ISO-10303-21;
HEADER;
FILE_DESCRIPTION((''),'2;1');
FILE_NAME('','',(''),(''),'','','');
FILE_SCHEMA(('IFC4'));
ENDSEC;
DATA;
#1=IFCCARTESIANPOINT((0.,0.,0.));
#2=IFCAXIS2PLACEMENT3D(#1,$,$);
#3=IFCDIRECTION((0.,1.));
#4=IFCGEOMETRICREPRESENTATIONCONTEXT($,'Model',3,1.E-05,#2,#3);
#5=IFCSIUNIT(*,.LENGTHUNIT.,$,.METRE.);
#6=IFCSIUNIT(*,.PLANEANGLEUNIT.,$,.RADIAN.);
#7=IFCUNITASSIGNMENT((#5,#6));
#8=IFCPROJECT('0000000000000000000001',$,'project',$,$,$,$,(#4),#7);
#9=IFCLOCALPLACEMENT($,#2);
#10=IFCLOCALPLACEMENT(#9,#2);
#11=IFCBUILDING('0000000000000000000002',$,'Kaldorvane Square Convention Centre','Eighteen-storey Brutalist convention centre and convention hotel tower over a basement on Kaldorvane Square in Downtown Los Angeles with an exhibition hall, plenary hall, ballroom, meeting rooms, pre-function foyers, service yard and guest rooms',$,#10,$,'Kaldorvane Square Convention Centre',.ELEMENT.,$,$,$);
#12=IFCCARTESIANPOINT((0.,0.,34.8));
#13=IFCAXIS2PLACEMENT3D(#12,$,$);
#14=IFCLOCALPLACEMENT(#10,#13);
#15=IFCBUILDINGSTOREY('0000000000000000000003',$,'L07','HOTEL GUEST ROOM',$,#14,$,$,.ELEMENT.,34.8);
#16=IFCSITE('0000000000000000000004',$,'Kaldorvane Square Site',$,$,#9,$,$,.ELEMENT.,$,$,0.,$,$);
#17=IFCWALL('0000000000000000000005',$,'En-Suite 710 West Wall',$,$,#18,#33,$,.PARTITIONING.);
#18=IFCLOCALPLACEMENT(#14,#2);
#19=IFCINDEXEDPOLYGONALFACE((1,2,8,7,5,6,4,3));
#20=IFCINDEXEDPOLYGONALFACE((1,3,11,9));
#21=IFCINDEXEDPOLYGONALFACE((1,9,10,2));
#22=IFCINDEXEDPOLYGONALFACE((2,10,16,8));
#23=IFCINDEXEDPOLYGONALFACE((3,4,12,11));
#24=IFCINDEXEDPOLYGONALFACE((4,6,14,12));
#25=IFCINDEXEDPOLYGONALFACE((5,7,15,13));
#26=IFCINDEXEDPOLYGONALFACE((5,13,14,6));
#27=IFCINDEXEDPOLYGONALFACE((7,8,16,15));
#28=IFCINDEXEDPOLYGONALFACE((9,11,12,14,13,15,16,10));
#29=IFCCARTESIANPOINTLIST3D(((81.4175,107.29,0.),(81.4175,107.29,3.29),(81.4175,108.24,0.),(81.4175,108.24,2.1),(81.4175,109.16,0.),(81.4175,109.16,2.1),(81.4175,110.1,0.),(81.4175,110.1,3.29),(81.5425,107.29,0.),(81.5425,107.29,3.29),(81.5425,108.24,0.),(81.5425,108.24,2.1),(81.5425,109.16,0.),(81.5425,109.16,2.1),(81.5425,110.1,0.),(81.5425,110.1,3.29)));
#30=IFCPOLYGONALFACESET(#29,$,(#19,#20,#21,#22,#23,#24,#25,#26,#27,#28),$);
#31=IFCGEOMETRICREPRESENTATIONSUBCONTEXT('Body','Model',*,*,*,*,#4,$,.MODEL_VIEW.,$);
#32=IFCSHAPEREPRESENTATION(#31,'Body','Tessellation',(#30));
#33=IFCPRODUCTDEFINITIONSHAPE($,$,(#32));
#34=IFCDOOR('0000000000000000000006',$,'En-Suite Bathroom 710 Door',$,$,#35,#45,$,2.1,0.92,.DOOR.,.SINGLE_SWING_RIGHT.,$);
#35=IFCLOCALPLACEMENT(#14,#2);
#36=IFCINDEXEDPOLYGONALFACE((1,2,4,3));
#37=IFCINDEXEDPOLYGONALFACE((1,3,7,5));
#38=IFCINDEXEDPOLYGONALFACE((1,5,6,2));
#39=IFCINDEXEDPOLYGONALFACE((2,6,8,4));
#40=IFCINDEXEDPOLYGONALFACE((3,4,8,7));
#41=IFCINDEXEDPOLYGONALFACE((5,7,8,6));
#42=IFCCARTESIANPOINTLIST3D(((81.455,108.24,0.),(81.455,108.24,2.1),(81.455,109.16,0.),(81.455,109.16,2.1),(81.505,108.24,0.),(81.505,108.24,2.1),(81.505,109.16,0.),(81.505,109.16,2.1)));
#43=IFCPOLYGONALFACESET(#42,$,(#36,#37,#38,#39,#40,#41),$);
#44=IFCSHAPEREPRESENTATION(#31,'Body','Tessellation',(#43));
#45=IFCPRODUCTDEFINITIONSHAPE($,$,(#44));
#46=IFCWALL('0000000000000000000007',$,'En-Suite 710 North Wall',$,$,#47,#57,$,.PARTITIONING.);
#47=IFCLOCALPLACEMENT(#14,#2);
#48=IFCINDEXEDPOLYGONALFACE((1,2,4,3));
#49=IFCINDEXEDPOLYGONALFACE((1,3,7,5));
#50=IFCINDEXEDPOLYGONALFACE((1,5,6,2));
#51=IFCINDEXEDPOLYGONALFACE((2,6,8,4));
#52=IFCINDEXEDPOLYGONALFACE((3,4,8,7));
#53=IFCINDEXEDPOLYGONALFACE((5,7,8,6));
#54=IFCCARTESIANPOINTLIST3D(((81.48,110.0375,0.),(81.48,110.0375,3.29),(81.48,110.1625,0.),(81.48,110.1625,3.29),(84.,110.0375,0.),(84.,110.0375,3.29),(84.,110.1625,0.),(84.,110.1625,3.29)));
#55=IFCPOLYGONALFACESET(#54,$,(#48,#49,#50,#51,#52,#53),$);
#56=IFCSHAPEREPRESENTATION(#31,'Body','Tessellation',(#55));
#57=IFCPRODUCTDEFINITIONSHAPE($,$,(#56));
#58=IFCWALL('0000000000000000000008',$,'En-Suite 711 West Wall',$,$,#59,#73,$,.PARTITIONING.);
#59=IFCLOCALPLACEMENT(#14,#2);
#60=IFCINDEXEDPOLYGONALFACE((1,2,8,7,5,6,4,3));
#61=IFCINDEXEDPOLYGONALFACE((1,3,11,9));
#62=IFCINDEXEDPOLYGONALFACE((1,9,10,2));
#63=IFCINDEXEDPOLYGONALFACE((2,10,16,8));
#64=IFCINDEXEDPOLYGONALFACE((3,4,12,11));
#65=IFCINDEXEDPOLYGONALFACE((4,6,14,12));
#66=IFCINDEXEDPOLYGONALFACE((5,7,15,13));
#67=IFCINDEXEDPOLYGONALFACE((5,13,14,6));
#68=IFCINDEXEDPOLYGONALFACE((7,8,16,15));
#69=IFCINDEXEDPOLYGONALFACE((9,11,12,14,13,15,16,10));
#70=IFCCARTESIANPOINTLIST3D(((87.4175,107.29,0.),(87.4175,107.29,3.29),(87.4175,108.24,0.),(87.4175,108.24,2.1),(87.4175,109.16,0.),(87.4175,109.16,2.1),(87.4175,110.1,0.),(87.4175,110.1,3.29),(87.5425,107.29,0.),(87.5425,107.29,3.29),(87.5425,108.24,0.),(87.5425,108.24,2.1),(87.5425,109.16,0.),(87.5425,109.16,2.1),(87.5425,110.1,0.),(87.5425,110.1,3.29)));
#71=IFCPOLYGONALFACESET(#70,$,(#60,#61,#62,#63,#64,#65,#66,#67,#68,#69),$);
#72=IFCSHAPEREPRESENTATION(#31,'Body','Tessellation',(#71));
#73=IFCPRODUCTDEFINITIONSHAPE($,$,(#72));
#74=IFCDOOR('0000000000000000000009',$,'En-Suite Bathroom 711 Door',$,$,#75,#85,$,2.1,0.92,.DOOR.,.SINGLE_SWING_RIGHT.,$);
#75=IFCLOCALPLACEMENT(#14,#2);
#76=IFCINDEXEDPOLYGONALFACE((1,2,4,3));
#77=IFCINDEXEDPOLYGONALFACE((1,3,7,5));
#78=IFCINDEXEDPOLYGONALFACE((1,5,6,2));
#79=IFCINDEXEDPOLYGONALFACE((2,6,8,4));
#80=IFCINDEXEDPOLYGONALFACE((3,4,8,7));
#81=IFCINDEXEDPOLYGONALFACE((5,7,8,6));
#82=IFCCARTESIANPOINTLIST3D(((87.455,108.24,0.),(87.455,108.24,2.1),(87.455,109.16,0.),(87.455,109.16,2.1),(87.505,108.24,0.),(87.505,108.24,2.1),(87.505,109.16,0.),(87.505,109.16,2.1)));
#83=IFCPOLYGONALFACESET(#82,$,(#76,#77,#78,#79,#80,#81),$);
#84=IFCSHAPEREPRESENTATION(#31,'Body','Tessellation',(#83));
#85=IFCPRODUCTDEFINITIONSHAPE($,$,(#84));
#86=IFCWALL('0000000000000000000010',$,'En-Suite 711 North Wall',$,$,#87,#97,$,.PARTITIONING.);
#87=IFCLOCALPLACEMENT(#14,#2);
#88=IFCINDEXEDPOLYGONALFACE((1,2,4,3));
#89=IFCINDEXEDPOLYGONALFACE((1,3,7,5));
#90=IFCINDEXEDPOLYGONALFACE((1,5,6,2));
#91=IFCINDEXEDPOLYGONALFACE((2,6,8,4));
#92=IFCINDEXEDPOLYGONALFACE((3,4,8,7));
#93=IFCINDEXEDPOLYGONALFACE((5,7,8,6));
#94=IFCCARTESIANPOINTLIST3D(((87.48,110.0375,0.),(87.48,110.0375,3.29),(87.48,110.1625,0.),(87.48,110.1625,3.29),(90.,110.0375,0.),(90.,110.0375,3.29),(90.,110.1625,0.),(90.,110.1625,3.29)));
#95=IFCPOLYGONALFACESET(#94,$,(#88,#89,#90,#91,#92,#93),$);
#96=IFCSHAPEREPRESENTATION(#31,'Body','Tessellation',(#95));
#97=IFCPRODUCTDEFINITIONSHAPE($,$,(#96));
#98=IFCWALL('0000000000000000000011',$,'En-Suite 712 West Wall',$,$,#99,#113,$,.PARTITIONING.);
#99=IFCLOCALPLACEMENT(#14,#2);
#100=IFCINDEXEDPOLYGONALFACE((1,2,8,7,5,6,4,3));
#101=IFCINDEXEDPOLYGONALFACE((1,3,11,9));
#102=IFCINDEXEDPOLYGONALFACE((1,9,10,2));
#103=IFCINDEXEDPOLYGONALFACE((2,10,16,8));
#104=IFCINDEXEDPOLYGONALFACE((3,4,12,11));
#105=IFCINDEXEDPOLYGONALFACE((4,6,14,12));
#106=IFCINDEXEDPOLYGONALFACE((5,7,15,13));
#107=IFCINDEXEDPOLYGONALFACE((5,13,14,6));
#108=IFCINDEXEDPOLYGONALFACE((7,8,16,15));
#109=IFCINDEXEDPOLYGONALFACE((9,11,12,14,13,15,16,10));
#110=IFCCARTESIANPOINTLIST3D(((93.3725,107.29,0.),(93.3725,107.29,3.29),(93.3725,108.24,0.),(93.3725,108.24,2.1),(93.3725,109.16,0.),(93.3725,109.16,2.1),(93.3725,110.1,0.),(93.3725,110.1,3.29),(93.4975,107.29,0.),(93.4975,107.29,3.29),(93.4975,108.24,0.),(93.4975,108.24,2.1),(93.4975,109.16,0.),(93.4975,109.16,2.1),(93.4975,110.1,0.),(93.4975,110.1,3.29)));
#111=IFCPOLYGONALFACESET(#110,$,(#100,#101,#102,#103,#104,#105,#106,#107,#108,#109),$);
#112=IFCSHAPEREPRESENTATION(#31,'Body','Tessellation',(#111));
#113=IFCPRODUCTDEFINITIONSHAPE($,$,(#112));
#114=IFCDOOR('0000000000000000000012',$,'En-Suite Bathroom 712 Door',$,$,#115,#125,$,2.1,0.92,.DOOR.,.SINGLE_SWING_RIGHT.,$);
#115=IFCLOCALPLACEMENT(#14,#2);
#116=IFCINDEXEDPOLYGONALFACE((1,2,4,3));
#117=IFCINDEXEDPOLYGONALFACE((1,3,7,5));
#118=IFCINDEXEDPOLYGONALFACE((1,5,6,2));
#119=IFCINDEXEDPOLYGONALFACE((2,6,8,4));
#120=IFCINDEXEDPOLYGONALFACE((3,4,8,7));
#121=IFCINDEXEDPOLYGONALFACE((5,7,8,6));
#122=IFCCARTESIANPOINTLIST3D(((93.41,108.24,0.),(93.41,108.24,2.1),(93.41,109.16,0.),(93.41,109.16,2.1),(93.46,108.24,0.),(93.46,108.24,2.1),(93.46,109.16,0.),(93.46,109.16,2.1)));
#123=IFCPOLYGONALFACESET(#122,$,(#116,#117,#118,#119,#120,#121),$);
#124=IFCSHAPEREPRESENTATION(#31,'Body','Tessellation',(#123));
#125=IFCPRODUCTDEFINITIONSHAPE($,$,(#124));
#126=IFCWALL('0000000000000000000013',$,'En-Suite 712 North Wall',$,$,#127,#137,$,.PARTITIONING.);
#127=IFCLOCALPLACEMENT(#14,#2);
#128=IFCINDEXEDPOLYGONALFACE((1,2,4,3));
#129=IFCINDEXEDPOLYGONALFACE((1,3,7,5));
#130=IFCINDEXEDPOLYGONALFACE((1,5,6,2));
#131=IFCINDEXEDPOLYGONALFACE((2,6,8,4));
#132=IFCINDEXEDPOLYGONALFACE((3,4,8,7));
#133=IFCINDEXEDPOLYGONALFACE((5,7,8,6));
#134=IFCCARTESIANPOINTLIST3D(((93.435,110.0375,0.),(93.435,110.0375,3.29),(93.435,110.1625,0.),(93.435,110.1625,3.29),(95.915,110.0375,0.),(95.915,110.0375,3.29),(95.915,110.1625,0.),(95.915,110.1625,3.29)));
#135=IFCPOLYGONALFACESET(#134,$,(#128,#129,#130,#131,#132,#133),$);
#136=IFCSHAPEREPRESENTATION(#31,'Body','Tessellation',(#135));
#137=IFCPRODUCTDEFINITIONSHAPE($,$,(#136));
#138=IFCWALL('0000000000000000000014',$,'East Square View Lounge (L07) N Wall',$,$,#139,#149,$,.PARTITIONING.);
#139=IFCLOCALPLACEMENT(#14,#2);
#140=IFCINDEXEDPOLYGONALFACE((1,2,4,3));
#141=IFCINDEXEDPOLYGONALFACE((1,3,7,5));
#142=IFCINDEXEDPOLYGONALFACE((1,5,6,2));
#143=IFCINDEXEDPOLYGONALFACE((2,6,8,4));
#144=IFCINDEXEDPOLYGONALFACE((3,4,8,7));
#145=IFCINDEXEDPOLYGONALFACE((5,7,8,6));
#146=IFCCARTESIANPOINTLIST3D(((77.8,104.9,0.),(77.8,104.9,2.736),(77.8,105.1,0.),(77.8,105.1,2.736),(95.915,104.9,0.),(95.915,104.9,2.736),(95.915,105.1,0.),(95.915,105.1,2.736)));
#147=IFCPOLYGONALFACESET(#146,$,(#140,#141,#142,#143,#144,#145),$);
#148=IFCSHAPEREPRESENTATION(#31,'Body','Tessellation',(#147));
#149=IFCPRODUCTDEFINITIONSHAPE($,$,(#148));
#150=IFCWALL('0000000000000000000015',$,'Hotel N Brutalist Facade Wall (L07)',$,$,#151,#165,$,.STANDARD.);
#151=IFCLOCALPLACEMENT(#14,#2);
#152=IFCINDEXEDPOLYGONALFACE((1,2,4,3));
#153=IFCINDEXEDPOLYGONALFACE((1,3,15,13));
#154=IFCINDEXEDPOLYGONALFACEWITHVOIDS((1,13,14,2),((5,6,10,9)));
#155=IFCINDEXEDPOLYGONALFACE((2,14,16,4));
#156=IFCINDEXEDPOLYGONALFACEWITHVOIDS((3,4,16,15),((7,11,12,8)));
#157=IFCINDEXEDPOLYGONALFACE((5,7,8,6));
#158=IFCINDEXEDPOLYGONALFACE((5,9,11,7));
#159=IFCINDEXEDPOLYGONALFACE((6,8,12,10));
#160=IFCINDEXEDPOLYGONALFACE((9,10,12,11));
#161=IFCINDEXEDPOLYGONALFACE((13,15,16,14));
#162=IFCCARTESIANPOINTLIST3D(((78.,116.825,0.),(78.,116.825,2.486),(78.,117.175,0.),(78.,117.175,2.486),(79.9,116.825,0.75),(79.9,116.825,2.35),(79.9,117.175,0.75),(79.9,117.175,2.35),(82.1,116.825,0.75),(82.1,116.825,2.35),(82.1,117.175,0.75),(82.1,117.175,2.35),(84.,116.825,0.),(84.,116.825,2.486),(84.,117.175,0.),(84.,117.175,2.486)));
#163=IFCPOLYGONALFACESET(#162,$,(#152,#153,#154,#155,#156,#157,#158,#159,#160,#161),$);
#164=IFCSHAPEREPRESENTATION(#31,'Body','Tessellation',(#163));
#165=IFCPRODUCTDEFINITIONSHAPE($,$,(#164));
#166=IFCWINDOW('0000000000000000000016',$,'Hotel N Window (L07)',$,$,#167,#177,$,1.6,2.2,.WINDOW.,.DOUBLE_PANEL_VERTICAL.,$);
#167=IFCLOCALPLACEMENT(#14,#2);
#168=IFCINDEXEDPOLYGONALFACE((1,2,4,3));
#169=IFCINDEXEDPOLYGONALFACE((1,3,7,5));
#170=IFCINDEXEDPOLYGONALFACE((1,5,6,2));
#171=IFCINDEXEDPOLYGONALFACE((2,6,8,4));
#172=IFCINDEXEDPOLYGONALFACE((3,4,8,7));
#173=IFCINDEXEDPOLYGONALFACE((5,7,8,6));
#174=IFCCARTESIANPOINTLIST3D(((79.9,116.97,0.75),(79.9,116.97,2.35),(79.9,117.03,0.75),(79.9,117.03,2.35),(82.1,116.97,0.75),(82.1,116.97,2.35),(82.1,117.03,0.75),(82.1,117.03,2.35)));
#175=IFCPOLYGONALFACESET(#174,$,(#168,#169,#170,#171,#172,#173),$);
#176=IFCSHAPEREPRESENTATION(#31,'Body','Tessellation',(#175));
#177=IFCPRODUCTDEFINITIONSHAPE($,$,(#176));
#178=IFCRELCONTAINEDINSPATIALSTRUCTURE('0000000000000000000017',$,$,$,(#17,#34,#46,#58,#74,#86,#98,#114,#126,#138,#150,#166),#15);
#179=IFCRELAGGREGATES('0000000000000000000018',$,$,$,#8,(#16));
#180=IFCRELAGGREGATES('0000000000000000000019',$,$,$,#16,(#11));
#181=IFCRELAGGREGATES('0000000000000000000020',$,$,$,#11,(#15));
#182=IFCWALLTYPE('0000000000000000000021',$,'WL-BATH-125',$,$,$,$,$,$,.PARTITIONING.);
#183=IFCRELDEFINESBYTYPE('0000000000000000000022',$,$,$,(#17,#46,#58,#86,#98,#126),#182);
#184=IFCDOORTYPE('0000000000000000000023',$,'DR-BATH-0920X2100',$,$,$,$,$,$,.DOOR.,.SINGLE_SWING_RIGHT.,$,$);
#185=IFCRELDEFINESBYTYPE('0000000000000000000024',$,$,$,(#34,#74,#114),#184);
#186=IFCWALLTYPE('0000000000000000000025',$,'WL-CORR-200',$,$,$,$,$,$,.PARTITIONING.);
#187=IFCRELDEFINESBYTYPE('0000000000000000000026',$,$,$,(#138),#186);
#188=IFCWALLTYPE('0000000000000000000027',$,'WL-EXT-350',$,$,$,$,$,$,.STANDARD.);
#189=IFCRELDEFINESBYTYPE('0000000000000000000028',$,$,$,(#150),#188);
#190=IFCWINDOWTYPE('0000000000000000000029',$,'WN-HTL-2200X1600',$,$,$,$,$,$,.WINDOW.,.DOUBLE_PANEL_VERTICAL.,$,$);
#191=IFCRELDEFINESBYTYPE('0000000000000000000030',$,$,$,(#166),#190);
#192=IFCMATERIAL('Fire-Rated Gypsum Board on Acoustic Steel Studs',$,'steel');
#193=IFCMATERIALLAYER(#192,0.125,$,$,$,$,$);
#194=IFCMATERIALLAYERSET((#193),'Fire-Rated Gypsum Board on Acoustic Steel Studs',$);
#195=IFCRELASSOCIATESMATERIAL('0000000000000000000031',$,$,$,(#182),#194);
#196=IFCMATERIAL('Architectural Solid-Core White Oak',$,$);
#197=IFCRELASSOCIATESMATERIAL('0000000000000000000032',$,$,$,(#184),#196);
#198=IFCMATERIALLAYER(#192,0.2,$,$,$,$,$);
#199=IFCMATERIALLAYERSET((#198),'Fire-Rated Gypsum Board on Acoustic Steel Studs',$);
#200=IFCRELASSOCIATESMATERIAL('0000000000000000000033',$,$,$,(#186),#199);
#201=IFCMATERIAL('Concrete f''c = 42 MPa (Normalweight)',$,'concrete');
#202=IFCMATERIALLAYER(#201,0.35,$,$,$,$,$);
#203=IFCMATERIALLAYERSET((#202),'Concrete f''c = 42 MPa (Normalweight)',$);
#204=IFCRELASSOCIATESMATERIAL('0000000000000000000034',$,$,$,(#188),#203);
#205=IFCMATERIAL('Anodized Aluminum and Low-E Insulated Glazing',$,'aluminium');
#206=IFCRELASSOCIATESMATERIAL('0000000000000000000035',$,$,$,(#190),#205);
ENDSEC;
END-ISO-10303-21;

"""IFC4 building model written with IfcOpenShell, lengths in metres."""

from ifc_helpers import new_model, si_unit, direction, frame, frame_2d, origin, place, context, subcontext, project, spatial, rectangle, extrude, material, layer, layer_set, type_object, element, fill, save


model = new_model("IFC4")

# Units and contexts
model_context = context("Model", 3, precision=1e-05, world=origin(), true_north=direction((0.0, 1.0)))
body_context = subcontext(model_context, "Body", "Model", "MODEL_VIEW")
ifc_project = project(units=[si_unit("LENGTHUNIT", "METRE"), si_unit("PLANEANGLEUNIT", "RADIAN")], contexts=[model_context])

# Site, building, storey
site_placement = place(None, origin())
site = spatial("IfcSite", under=ifc_project, at=site_placement, Name="Kaldorvane Square Site", CompositionType="ELEMENT", RefElevation=0.0)
building_placement = place(site_placement, origin())
building = spatial("IfcBuilding", under=site, at=building_placement, Name="Kaldorvane Square Convention Centre", Description="Eighteen-storey Brutalist convention centre and convention hotel tower over a basement on Kaldorvane Square in Downtown Los Angeles with an exhibition hall, plenary hall, ballroom, meeting rooms, pre-function foyers, service yard and guest rooms", LongName="Kaldorvane Square Convention Centre", CompositionType="ELEMENT")
storey_placement = place(building_placement, frame((0.0, 0.0, 34.8)))
storey = spatial("IfcBuildingStorey", under=building, at=storey_placement, Name="L07", Description="HOTEL GUEST ROOM", CompositionType="ELEMENT", Elevation=34.8)

# Shared definitions
ifc_material_1 = material(Name="Concrete f'c = 42 MPa (Normalweight)", Category="concrete")

# Wall, opening, door
ifc_material_2 = material(Name="Fire-Rated Gypsum Board on Acoustic Steel Studs", Category="steel")
ifc_layer_1 = layer(ifc_material_2, 0.125)
ifc_layer_set_1 = layer_set([ifc_layer_1], Name="Fire-Rated Gypsum Board on Acoustic Steel Studs")
wall_type_1 = type_object("IfcWallType", Name="WL-BATH-125", PredefinedType="PARTITIONING", material=ifc_layer_set_1)
wall_1_placement = place(storey_placement, frame((81.48, 107.29, 0.0), z_axis=(0.0, 0.0, 1.0), x_axis=(0.0, 1.0, 0.0)))
wall_1 = element("IfcWall", 1, at=wall_1_placement, inside=storey, type_object=wall_type_1, Name="En-Suite 710 West Wall", PredefinedType="PARTITIONING", context=body_context, shape_type="SweptSolid", body=[
    extrude(rectangle(XDim=2.81, YDim=0.125, at=frame_2d((1.405, 0.0))), origin(), (0.0, 0.0, 1.0), 3.29),
])
opening_1_placement = place(wall_1_placement, frame((0.95, 0.0, 0.0)))
opening_1 = element("IfcOpeningElement", 2, at=opening_1_placement, cuts=wall_1, PredefinedType="OPENING", context=body_context, shape_type="SweptSolid", body=[
    extrude(rectangle(XDim=0.92, YDim=2.1, at=frame_2d((0.46, 1.05))), frame((0.0, 0.0775, 0.0), z_axis=(0.0, -1.0, 0.0), x_axis=(1.0, 0.0, 0.0)), (0.0, 0.0, 1.0), 0.155),
])
ifc_material_3 = material(Name="Architectural Solid-Core White Oak")
door_type_1 = type_object("IfcDoorType", Name="DR-BATH-0920X2100", OperationType="SINGLE_SWING_RIGHT", PredefinedType="DOOR", material=ifc_material_3)
door_1_placement = place(opening_1_placement, origin())
door_1 = element("IfcDoor", 3, at=door_1_placement, inside=storey, type_object=door_type_1, Name="En-Suite Bathroom 710 Door", OperationType="SINGLE_SWING_RIGHT", OverallHeight=2.1, OverallWidth=0.92, PredefinedType="DOOR", context=body_context, shape_type="SweptSolid", body=[
    extrude(rectangle(XDim=0.92, YDim=2.1, at=frame_2d((0.46, 1.05))), frame((0.0, 0.025, 0.0), z_axis=(0.0, -1.0, 0.0), x_axis=(1.0, 0.0, 0.0)), (0.0, 0.0, 1.0), 0.05),
])
fill(opening_1, door_1)

# Wall
wall_2_placement = place(storey_placement, frame((81.48, 110.1, 0.0), z_axis=(0.0, 0.0, 1.0), x_axis=(1.0, 0.0, 0.0)))
element("IfcWall", 4, at=wall_2_placement, inside=storey, type_object=wall_type_1, Name="En-Suite 710 North Wall", PredefinedType="PARTITIONING", context=body_context, shape_type="SweptSolid", body=[
    extrude(rectangle(XDim=2.52, YDim=0.125, at=frame_2d((1.26, 0.0))), origin(), (0.0, 0.0, 1.0), 3.29),
])

# Wall, opening, door
wall_3_placement = place(storey_placement, frame((87.48, 107.29, 0.0), z_axis=(0.0, 0.0, 1.0), x_axis=(0.0, 1.0, 0.0)))
wall_3 = element("IfcWall", 5, at=wall_3_placement, inside=storey, type_object=wall_type_1, Name="En-Suite 711 West Wall", PredefinedType="PARTITIONING", context=body_context, shape_type="SweptSolid", body=[
    extrude(rectangle(XDim=2.81, YDim=0.125, at=frame_2d((1.405, 0.0))), origin(), (0.0, 0.0, 1.0), 3.29),
])
opening_2_placement = place(wall_3_placement, frame((0.95, 0.0, 0.0)))
opening_2 = element("IfcOpeningElement", 6, at=opening_2_placement, cuts=wall_3, PredefinedType="OPENING", context=body_context, shape_type="SweptSolid", body=[
    extrude(rectangle(XDim=0.92, YDim=2.1, at=frame_2d((0.46, 1.05))), frame((0.0, 0.0775, 0.0), z_axis=(0.0, -1.0, 0.0), x_axis=(1.0, 0.0, 0.0)), (0.0, 0.0, 1.0), 0.155),
])
door_2_placement = place(opening_2_placement, origin())
door_2 = element("IfcDoor", 7, at=door_2_placement, inside=storey, type_object=door_type_1, Name="En-Suite Bathroom 711 Door", OperationType="SINGLE_SWING_RIGHT", OverallHeight=2.1, OverallWidth=0.92, PredefinedType="DOOR", context=body_context, shape_type="SweptSolid", body=[
    extrude(rectangle(XDim=0.92, YDim=2.1, at=frame_2d((0.46, 1.05))), frame((0.0, 0.025, 0.0), z_axis=(0.0, -1.0, 0.0), x_axis=(1.0, 0.0, 0.0)), (0.0, 0.0, 1.0), 0.05),
])
fill(opening_2, door_2)

# Wall
wall_4_placement = place(storey_placement, frame((87.48, 110.1, 0.0), z_axis=(0.0, 0.0, 1.0), x_axis=(1.0, 0.0, 0.0)))
element("IfcWall", 8, at=wall_4_placement, inside=storey, type_object=wall_type_1, Name="En-Suite 711 North Wall", PredefinedType="PARTITIONING", context=body_context, shape_type="SweptSolid", body=[
    extrude(rectangle(XDim=2.52, YDim=0.125, at=frame_2d((1.26, 0.0))), origin(), (0.0, 0.0, 1.0), 3.29),
])

# Wall, opening, door
wall_5_placement = place(storey_placement, frame((93.435, 107.29, 0.0), z_axis=(0.0, 0.0, 1.0), x_axis=(0.0, 1.0, 0.0)))
wall_5 = element("IfcWall", 9, at=wall_5_placement, inside=storey, type_object=wall_type_1, Name="En-Suite 712 West Wall", PredefinedType="PARTITIONING", context=body_context, shape_type="SweptSolid", body=[
    extrude(rectangle(XDim=2.81, YDim=0.125, at=frame_2d((1.405, 0.0))), origin(), (0.0, 0.0, 1.0), 3.29),
])
opening_3_placement = place(wall_5_placement, frame((0.95, 0.0, 0.0)))
opening_3 = element("IfcOpeningElement", 10, at=opening_3_placement, cuts=wall_5, PredefinedType="OPENING", context=body_context, shape_type="SweptSolid", body=[
    extrude(rectangle(XDim=0.92, YDim=2.1, at=frame_2d((0.46, 1.05))), frame((0.0, 0.0775, 0.0), z_axis=(0.0, -1.0, 0.0), x_axis=(1.0, 0.0, 0.0)), (0.0, 0.0, 1.0), 0.155),
])
door_3_placement = place(opening_3_placement, origin())
door_3 = element("IfcDoor", 11, at=door_3_placement, inside=storey, type_object=door_type_1, Name="En-Suite Bathroom 712 Door", OperationType="SINGLE_SWING_RIGHT", OverallHeight=2.1, OverallWidth=0.92, PredefinedType="DOOR", context=body_context, shape_type="SweptSolid", body=[
    extrude(rectangle(XDim=0.92, YDim=2.1, at=frame_2d((0.46, 1.05))), frame((0.0, 0.025, 0.0), z_axis=(0.0, -1.0, 0.0), x_axis=(1.0, 0.0, 0.0)), (0.0, 0.0, 1.0), 0.05),
])
fill(opening_3, door_3)

# Walls
wall_6_placement = place(storey_placement, frame((93.435, 110.1, 0.0), z_axis=(0.0, 0.0, 1.0), x_axis=(1.0, 0.0, 0.0)))
element("IfcWall", 12, at=wall_6_placement, inside=storey, type_object=wall_type_1, Name="En-Suite 712 North Wall", PredefinedType="PARTITIONING", context=body_context, shape_type="SweptSolid", body=[
    extrude(rectangle(XDim=2.48, YDim=0.125, at=frame_2d((1.24, 0.0))), origin(), (0.0, 0.0, 1.0), 3.29),
])
ifc_layer_2 = layer(ifc_material_2, 0.2)
ifc_layer_set_2 = layer_set([ifc_layer_2], Name="Fire-Rated Gypsum Board on Acoustic Steel Studs")
wall_type_2 = type_object("IfcWallType", Name="WL-CORR-200", PredefinedType="PARTITIONING", material=ifc_layer_set_2)
wall_7_placement = place(storey_placement, frame((95.915, 105.0, 0.0), z_axis=(0.0, 0.0, 1.0), x_axis=(-1.0, 0.0, 0.0)))
element("IfcWall", 13, at=wall_7_placement, inside=storey, type_object=wall_type_2, Name="East Square View Lounge (L07) N Wall", PredefinedType="PARTITIONING", context=body_context, shape_type="SweptSolid", body=[
    extrude(rectangle(XDim=18.115, YDim=0.2, at=frame_2d((9.0575, 0.0))), origin(), (0.0, 0.0, 1.0), 2.736),
])

# Wall, opening, window
ifc_layer_3 = layer(ifc_material_1, 0.35)
ifc_layer_set_3 = layer_set([ifc_layer_3], Name="Concrete f'c = 42 MPa (Normalweight)")
wall_type_3 = type_object("IfcWallType", Name="WL-EXT-350", PredefinedType="STANDARD", material=ifc_layer_set_3)
wall_8_placement = place(storey_placement, frame((84.0, 117.0, 0.0), z_axis=(0.0, 0.0, 1.0), x_axis=(-1.0, 0.0, 0.0)))
wall_8 = element("IfcWall", 14, at=wall_8_placement, inside=storey, type_object=wall_type_3, Name="Hotel N Brutalist Facade Wall (L07)", PredefinedType="STANDARD", context=body_context, shape_type="SweptSolid", body=[
    extrude(rectangle(XDim=6.0, YDim=0.35, at=frame_2d((3.0, 0.0))), origin(), (0.0, 0.0, 1.0), 2.486),
])
opening_4_placement = place(wall_8_placement, frame((1.9, 0.0, 0.75)))
opening_4 = element("IfcOpeningElement", 15, at=opening_4_placement, cuts=wall_8, PredefinedType="OPENING", context=body_context, shape_type="SweptSolid", body=[
    extrude(rectangle(XDim=2.2, YDim=1.6, at=frame_2d((1.1, 0.8))), frame((0.0, 0.19, 0.0), z_axis=(0.0, -1.0, 0.0), x_axis=(1.0, 0.0, 0.0)), (0.0, 0.0, 1.0), 0.38),
])
ifc_material_4 = material(Name="Anodized Aluminum and Low-E Insulated Glazing", Category="aluminium")
window_type = type_object("IfcWindowType", Name="WN-HTL-2200X1600", PartitioningType="DOUBLE_PANEL_VERTICAL", PredefinedType="WINDOW", material=ifc_material_4)
window_1_placement = place(opening_4_placement, origin())
window_1 = element("IfcWindow", 16, at=window_1_placement, inside=storey, type_object=window_type, Name="Hotel N Window (L07)", OverallHeight=1.6, OverallWidth=2.2, PartitioningType="DOUBLE_PANEL_VERTICAL", PredefinedType="WINDOW", context=body_context, shape_type="SweptSolid", body=[
    extrude(rectangle(XDim=2.2, YDim=1.6, at=frame_2d((1.1, 0.8))), frame((0.0, 0.03, 0.0), z_axis=(0.0, -1.0, 0.0), x_axis=(1.0, 0.0, 0.0)), (0.0, 0.0, 1.0), 0.06),
])
fill(opening_4, window_1)

save(model, "model.ifc")
